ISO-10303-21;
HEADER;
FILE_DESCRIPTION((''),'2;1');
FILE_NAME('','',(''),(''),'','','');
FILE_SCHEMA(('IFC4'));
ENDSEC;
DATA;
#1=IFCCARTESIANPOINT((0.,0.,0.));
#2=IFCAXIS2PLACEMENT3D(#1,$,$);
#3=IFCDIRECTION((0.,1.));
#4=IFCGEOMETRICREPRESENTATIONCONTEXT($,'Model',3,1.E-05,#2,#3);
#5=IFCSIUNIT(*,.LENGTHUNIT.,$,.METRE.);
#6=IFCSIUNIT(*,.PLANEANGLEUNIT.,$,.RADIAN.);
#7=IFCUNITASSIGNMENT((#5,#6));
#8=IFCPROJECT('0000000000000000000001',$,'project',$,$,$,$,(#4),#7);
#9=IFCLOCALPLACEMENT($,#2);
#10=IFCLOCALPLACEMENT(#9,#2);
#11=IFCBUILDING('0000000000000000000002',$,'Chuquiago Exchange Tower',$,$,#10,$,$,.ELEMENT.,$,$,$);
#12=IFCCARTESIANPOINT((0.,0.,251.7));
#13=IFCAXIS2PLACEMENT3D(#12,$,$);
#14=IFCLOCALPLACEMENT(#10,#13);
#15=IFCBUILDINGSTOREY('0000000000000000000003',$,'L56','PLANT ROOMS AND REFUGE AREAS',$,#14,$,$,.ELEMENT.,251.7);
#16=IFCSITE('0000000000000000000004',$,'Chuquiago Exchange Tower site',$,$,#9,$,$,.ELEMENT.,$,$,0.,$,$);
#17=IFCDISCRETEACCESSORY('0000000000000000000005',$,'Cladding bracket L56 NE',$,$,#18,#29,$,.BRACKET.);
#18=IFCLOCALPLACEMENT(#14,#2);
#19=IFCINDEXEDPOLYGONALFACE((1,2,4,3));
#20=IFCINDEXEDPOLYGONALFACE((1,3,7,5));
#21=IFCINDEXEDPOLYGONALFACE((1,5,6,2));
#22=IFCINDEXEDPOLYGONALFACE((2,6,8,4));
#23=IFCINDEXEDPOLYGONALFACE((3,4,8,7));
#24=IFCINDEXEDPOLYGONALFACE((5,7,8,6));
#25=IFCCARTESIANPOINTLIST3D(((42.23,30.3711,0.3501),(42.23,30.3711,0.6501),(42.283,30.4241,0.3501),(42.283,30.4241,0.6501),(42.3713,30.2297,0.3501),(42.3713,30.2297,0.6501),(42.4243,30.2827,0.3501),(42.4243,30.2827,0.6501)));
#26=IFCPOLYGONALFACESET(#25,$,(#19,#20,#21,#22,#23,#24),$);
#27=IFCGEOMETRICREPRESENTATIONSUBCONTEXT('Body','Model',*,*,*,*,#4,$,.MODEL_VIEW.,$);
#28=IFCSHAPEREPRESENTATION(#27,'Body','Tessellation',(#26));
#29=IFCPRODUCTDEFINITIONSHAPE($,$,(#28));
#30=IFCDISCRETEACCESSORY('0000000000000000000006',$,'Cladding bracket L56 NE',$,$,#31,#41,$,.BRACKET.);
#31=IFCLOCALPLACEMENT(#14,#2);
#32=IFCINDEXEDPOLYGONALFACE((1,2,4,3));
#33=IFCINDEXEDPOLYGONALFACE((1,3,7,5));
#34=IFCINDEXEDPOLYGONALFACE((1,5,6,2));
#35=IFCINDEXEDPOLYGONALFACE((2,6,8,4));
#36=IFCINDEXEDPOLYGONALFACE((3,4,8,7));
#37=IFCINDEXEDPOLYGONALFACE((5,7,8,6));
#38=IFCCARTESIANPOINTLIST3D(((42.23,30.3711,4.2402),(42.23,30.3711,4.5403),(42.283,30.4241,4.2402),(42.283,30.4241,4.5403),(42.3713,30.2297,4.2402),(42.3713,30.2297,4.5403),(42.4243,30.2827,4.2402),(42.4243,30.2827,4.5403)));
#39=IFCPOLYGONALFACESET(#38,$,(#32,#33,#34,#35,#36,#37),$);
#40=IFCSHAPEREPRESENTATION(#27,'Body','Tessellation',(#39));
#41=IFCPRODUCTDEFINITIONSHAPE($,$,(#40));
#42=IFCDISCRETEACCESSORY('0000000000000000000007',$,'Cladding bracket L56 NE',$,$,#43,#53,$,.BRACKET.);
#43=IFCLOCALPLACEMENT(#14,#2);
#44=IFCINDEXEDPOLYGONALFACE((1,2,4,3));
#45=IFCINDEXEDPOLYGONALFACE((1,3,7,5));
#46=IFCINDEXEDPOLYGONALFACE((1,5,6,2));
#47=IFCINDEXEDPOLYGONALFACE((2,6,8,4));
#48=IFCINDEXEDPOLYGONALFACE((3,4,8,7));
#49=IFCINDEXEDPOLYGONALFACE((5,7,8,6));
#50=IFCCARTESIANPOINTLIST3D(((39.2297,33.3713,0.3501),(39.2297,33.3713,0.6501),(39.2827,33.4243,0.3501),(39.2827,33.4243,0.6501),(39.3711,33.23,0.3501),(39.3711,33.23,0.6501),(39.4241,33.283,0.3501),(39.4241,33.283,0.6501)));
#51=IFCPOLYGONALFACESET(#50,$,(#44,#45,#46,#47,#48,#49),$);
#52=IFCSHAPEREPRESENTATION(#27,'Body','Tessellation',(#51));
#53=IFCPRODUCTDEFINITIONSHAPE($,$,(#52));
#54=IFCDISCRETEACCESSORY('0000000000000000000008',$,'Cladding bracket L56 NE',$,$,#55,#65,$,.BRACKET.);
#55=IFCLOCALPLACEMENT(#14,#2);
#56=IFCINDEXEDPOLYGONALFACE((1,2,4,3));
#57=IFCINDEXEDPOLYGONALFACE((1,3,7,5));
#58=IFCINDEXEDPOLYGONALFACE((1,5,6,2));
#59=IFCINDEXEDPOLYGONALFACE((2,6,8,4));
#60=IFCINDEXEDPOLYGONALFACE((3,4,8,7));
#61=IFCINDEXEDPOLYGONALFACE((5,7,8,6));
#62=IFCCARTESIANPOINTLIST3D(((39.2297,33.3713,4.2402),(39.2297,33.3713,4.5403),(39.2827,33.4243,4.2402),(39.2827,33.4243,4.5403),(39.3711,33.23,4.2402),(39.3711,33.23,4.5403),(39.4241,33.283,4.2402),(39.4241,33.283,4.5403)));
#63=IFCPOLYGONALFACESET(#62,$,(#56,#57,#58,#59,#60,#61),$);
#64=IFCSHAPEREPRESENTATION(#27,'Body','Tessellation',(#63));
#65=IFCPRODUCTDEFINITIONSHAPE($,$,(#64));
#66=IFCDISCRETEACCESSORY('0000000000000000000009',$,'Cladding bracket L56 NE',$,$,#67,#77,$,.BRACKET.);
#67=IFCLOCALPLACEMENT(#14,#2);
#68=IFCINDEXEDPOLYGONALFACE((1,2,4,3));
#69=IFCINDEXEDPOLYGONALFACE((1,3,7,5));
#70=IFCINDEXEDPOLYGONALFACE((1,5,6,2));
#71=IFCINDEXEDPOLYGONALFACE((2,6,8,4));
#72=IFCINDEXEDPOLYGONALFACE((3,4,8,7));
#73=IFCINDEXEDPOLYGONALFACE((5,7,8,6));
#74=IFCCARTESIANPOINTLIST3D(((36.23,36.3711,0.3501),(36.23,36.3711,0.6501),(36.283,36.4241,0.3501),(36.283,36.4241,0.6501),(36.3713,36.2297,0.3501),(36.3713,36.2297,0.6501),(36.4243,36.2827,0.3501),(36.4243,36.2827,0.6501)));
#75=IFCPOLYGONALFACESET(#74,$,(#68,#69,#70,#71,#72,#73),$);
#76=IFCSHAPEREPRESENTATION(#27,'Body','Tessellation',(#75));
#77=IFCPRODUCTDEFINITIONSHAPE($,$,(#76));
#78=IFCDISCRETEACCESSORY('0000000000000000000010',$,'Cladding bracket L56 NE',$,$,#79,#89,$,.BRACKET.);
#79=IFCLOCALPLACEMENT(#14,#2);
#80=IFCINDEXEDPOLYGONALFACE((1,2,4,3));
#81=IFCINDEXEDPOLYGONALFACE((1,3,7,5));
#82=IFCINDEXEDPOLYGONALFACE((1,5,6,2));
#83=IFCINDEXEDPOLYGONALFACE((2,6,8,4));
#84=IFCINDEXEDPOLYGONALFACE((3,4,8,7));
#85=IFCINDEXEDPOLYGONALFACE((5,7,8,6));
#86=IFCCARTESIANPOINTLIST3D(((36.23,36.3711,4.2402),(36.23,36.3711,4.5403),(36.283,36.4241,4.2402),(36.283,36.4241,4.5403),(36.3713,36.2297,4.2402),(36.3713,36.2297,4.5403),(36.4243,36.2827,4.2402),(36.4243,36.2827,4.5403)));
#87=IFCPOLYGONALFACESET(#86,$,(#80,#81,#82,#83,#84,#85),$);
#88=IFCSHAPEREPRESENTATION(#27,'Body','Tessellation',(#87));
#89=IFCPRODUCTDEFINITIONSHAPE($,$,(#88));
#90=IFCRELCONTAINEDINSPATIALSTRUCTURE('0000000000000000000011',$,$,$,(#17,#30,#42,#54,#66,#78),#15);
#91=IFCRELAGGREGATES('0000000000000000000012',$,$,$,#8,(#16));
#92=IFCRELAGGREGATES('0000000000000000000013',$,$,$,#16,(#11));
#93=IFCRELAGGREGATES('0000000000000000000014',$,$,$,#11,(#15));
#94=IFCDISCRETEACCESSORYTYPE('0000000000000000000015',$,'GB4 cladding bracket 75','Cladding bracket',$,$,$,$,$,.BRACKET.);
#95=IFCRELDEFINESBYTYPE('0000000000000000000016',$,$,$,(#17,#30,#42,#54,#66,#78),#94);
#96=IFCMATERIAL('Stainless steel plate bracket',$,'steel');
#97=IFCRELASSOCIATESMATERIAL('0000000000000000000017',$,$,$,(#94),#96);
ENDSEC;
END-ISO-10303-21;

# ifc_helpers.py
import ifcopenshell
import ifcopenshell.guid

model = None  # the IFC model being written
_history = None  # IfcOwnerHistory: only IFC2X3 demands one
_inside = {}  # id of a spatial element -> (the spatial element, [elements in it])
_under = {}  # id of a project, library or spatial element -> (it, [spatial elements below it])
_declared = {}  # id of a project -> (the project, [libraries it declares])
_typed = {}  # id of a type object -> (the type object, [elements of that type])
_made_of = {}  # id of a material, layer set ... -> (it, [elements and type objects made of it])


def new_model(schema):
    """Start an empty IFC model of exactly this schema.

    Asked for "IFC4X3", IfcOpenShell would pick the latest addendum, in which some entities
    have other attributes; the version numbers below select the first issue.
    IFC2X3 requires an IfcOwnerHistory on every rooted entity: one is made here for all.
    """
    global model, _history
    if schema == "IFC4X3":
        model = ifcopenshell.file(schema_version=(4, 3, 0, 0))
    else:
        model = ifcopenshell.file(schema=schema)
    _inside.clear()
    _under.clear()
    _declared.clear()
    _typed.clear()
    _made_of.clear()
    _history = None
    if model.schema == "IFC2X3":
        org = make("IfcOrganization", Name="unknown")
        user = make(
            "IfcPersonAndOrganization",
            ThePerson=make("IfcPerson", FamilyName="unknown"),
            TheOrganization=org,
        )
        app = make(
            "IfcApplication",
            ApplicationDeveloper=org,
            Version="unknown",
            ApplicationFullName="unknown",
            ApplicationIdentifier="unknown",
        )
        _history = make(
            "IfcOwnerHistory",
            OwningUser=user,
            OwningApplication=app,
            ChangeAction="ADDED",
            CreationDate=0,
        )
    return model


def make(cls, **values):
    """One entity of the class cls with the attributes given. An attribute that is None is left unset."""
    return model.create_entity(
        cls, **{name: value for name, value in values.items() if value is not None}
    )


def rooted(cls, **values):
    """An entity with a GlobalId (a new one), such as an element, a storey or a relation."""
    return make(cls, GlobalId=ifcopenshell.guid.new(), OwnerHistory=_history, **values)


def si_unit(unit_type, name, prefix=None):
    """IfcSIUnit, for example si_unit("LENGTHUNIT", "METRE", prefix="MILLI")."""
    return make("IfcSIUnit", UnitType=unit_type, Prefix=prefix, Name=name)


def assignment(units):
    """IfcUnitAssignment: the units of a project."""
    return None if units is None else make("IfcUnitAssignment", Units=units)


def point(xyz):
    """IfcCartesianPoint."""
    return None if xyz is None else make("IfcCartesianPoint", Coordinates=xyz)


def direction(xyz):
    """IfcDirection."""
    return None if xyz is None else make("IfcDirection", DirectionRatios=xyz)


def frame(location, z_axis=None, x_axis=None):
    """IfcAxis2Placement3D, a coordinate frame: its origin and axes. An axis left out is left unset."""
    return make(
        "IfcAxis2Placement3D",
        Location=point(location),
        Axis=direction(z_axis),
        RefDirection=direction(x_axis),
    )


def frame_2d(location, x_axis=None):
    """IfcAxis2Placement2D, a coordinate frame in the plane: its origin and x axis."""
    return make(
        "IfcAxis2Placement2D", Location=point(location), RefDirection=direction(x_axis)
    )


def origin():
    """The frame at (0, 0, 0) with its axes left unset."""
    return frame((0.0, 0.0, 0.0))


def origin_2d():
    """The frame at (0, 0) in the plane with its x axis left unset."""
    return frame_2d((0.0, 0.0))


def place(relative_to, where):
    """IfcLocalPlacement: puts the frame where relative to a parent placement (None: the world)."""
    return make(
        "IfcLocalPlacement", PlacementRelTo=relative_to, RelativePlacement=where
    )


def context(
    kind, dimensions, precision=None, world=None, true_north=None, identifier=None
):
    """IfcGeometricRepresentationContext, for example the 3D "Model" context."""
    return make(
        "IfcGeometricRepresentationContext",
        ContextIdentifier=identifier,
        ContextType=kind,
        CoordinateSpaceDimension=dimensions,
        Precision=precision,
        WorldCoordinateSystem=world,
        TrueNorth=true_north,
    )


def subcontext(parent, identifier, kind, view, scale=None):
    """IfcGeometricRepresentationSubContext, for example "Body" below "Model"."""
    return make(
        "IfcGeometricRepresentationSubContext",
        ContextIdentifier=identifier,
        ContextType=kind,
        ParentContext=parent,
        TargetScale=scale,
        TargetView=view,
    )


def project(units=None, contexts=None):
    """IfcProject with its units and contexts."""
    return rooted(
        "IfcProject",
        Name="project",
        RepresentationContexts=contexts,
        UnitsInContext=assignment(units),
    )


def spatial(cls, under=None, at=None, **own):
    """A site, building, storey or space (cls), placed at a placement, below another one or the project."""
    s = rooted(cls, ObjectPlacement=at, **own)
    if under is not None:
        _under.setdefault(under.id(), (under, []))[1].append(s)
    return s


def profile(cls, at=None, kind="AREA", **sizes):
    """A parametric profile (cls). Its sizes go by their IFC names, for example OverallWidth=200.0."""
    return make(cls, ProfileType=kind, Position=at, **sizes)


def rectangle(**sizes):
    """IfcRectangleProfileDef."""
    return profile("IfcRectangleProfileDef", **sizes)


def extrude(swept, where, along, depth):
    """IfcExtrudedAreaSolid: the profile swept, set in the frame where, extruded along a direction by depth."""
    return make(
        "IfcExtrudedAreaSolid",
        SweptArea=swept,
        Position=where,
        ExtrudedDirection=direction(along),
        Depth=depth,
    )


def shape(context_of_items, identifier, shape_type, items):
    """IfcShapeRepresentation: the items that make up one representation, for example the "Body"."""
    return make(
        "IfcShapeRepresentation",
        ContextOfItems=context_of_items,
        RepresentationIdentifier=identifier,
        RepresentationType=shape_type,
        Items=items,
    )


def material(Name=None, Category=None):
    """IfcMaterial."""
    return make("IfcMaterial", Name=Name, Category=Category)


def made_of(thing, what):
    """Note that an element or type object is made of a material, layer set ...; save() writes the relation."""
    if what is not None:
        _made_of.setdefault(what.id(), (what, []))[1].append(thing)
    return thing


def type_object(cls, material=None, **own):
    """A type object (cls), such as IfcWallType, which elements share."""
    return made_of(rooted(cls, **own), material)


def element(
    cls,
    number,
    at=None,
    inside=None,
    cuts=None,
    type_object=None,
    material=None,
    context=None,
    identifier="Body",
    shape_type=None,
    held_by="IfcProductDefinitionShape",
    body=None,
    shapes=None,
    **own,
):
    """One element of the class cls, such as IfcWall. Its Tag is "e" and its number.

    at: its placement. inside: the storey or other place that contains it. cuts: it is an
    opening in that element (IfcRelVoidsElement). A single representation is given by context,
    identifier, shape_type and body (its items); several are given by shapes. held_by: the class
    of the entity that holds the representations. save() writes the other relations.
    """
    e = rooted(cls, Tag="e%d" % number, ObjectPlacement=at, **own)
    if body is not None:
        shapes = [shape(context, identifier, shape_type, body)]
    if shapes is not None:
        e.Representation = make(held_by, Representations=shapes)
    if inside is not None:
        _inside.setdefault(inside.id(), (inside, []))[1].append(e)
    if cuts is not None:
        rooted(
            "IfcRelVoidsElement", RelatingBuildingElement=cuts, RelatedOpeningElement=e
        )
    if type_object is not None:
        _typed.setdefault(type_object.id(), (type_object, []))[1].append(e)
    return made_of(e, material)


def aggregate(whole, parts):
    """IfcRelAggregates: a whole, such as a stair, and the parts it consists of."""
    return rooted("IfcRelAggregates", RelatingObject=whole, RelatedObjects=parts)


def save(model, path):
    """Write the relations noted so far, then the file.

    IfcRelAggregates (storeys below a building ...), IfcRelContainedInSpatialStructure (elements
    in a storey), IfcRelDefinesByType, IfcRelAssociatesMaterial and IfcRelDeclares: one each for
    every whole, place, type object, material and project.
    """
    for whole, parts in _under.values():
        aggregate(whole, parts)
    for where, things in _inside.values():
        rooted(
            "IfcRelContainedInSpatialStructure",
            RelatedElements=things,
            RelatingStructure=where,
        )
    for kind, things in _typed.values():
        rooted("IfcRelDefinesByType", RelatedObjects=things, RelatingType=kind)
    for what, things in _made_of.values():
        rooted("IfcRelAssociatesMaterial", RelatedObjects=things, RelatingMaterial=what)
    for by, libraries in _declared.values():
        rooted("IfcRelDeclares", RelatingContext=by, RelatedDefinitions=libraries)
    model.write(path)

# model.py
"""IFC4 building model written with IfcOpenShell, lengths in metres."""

from ifc_helpers import new_model, si_unit, direction, frame, origin, origin_2d, place, context, subcontext, project, spatial, rectangle, extrude, material, type_object, element, save


model = new_model("IFC4")

# Units and contexts
model_context = context("Model", 3, precision=1e-05, world=origin(), true_north=direction((0.0, 1.0)))
body_context = subcontext(model_context, "Body", "Model", "MODEL_VIEW")
ifc_project = project(units=[si_unit("LENGTHUNIT", "METRE"), si_unit("PLANEANGLEUNIT", "RADIAN")], contexts=[model_context])

# Site, building, storey
site_placement = place(None, origin())
site = spatial("IfcSite", under=ifc_project, at=site_placement, Name="Chuquiago Exchange Tower site", CompositionType="ELEMENT", RefElevation=0.0)
building_placement = place(site_placement, origin())
building = spatial("IfcBuilding", under=site, at=building_placement, Name="Chuquiago Exchange Tower", CompositionType="ELEMENT")
storey_placement = place(building_placement, frame((0.0, 0.0, 251.7)))
storey = spatial("IfcBuildingStorey", under=building, at=storey_placement, Name="L56", Description="PLANT ROOMS AND REFUGE AREAS", CompositionType="ELEMENT", Elevation=251.7)

# Discrete accessories
ifc_material_1 = material(Name="Stainless steel plate bracket", Category="steel")
discrete_accessory_type = type_object("IfcDiscreteAccessoryType", Name="GB4 cladding bracket 75", Description="Cladding bracket", PredefinedType="BRACKET", material=ifc_material_1)
for number, where, z_axis, x_axis, name in (
    (1, (42.3271, 30.3269, 0.3501), (0.0, 0.0, 1.0), (-0.707107, 0.707107, 0.0), "Cladding bracket L56 NE"),
    (2, (42.3271, 30.3269, 4.2402), (0.0, 0.0, 1.0), (-0.707107, 0.707107, 0.0), "Cladding bracket L56 NE"),
    (3, (39.3269, 33.3271, 0.3501), (0.0, 0.0, 1.0), (-0.707107, 0.707107, 0.0), "Cladding bracket L56 NE"),
    (4, (39.3269, 33.3271, 4.2402), (0.0, 0.0, 1.0), (-0.707107, 0.707107, 0.0), "Cladding bracket L56 NE"),
    (5, (36.3271, 36.3269, 0.3501), (0.0, 0.0, 1.0), (-0.707107, 0.707107, 0.0), "Cladding bracket L56 NE"),
    (6, (36.3271, 36.3269, 4.2402), (0.0, 0.0, 1.0), (-0.707107, 0.707107, 0.0), "Cladding bracket L56 NE"),
):
    element("IfcDiscreteAccessory", number, at=place(storey_placement, frame(where, z_axis=z_axis, x_axis=x_axis)), inside=storey, type_object=discrete_accessory_type, Name=name, PredefinedType="BRACKET", context=body_context, shape_type="SweptSolid", body=[
        extrude(rectangle(XDim=0.2, YDim=0.075, at=origin_2d()), origin(), (0.0, 0.0, 1.0), 0.3),
    ])

save(model, "model.ifc")
